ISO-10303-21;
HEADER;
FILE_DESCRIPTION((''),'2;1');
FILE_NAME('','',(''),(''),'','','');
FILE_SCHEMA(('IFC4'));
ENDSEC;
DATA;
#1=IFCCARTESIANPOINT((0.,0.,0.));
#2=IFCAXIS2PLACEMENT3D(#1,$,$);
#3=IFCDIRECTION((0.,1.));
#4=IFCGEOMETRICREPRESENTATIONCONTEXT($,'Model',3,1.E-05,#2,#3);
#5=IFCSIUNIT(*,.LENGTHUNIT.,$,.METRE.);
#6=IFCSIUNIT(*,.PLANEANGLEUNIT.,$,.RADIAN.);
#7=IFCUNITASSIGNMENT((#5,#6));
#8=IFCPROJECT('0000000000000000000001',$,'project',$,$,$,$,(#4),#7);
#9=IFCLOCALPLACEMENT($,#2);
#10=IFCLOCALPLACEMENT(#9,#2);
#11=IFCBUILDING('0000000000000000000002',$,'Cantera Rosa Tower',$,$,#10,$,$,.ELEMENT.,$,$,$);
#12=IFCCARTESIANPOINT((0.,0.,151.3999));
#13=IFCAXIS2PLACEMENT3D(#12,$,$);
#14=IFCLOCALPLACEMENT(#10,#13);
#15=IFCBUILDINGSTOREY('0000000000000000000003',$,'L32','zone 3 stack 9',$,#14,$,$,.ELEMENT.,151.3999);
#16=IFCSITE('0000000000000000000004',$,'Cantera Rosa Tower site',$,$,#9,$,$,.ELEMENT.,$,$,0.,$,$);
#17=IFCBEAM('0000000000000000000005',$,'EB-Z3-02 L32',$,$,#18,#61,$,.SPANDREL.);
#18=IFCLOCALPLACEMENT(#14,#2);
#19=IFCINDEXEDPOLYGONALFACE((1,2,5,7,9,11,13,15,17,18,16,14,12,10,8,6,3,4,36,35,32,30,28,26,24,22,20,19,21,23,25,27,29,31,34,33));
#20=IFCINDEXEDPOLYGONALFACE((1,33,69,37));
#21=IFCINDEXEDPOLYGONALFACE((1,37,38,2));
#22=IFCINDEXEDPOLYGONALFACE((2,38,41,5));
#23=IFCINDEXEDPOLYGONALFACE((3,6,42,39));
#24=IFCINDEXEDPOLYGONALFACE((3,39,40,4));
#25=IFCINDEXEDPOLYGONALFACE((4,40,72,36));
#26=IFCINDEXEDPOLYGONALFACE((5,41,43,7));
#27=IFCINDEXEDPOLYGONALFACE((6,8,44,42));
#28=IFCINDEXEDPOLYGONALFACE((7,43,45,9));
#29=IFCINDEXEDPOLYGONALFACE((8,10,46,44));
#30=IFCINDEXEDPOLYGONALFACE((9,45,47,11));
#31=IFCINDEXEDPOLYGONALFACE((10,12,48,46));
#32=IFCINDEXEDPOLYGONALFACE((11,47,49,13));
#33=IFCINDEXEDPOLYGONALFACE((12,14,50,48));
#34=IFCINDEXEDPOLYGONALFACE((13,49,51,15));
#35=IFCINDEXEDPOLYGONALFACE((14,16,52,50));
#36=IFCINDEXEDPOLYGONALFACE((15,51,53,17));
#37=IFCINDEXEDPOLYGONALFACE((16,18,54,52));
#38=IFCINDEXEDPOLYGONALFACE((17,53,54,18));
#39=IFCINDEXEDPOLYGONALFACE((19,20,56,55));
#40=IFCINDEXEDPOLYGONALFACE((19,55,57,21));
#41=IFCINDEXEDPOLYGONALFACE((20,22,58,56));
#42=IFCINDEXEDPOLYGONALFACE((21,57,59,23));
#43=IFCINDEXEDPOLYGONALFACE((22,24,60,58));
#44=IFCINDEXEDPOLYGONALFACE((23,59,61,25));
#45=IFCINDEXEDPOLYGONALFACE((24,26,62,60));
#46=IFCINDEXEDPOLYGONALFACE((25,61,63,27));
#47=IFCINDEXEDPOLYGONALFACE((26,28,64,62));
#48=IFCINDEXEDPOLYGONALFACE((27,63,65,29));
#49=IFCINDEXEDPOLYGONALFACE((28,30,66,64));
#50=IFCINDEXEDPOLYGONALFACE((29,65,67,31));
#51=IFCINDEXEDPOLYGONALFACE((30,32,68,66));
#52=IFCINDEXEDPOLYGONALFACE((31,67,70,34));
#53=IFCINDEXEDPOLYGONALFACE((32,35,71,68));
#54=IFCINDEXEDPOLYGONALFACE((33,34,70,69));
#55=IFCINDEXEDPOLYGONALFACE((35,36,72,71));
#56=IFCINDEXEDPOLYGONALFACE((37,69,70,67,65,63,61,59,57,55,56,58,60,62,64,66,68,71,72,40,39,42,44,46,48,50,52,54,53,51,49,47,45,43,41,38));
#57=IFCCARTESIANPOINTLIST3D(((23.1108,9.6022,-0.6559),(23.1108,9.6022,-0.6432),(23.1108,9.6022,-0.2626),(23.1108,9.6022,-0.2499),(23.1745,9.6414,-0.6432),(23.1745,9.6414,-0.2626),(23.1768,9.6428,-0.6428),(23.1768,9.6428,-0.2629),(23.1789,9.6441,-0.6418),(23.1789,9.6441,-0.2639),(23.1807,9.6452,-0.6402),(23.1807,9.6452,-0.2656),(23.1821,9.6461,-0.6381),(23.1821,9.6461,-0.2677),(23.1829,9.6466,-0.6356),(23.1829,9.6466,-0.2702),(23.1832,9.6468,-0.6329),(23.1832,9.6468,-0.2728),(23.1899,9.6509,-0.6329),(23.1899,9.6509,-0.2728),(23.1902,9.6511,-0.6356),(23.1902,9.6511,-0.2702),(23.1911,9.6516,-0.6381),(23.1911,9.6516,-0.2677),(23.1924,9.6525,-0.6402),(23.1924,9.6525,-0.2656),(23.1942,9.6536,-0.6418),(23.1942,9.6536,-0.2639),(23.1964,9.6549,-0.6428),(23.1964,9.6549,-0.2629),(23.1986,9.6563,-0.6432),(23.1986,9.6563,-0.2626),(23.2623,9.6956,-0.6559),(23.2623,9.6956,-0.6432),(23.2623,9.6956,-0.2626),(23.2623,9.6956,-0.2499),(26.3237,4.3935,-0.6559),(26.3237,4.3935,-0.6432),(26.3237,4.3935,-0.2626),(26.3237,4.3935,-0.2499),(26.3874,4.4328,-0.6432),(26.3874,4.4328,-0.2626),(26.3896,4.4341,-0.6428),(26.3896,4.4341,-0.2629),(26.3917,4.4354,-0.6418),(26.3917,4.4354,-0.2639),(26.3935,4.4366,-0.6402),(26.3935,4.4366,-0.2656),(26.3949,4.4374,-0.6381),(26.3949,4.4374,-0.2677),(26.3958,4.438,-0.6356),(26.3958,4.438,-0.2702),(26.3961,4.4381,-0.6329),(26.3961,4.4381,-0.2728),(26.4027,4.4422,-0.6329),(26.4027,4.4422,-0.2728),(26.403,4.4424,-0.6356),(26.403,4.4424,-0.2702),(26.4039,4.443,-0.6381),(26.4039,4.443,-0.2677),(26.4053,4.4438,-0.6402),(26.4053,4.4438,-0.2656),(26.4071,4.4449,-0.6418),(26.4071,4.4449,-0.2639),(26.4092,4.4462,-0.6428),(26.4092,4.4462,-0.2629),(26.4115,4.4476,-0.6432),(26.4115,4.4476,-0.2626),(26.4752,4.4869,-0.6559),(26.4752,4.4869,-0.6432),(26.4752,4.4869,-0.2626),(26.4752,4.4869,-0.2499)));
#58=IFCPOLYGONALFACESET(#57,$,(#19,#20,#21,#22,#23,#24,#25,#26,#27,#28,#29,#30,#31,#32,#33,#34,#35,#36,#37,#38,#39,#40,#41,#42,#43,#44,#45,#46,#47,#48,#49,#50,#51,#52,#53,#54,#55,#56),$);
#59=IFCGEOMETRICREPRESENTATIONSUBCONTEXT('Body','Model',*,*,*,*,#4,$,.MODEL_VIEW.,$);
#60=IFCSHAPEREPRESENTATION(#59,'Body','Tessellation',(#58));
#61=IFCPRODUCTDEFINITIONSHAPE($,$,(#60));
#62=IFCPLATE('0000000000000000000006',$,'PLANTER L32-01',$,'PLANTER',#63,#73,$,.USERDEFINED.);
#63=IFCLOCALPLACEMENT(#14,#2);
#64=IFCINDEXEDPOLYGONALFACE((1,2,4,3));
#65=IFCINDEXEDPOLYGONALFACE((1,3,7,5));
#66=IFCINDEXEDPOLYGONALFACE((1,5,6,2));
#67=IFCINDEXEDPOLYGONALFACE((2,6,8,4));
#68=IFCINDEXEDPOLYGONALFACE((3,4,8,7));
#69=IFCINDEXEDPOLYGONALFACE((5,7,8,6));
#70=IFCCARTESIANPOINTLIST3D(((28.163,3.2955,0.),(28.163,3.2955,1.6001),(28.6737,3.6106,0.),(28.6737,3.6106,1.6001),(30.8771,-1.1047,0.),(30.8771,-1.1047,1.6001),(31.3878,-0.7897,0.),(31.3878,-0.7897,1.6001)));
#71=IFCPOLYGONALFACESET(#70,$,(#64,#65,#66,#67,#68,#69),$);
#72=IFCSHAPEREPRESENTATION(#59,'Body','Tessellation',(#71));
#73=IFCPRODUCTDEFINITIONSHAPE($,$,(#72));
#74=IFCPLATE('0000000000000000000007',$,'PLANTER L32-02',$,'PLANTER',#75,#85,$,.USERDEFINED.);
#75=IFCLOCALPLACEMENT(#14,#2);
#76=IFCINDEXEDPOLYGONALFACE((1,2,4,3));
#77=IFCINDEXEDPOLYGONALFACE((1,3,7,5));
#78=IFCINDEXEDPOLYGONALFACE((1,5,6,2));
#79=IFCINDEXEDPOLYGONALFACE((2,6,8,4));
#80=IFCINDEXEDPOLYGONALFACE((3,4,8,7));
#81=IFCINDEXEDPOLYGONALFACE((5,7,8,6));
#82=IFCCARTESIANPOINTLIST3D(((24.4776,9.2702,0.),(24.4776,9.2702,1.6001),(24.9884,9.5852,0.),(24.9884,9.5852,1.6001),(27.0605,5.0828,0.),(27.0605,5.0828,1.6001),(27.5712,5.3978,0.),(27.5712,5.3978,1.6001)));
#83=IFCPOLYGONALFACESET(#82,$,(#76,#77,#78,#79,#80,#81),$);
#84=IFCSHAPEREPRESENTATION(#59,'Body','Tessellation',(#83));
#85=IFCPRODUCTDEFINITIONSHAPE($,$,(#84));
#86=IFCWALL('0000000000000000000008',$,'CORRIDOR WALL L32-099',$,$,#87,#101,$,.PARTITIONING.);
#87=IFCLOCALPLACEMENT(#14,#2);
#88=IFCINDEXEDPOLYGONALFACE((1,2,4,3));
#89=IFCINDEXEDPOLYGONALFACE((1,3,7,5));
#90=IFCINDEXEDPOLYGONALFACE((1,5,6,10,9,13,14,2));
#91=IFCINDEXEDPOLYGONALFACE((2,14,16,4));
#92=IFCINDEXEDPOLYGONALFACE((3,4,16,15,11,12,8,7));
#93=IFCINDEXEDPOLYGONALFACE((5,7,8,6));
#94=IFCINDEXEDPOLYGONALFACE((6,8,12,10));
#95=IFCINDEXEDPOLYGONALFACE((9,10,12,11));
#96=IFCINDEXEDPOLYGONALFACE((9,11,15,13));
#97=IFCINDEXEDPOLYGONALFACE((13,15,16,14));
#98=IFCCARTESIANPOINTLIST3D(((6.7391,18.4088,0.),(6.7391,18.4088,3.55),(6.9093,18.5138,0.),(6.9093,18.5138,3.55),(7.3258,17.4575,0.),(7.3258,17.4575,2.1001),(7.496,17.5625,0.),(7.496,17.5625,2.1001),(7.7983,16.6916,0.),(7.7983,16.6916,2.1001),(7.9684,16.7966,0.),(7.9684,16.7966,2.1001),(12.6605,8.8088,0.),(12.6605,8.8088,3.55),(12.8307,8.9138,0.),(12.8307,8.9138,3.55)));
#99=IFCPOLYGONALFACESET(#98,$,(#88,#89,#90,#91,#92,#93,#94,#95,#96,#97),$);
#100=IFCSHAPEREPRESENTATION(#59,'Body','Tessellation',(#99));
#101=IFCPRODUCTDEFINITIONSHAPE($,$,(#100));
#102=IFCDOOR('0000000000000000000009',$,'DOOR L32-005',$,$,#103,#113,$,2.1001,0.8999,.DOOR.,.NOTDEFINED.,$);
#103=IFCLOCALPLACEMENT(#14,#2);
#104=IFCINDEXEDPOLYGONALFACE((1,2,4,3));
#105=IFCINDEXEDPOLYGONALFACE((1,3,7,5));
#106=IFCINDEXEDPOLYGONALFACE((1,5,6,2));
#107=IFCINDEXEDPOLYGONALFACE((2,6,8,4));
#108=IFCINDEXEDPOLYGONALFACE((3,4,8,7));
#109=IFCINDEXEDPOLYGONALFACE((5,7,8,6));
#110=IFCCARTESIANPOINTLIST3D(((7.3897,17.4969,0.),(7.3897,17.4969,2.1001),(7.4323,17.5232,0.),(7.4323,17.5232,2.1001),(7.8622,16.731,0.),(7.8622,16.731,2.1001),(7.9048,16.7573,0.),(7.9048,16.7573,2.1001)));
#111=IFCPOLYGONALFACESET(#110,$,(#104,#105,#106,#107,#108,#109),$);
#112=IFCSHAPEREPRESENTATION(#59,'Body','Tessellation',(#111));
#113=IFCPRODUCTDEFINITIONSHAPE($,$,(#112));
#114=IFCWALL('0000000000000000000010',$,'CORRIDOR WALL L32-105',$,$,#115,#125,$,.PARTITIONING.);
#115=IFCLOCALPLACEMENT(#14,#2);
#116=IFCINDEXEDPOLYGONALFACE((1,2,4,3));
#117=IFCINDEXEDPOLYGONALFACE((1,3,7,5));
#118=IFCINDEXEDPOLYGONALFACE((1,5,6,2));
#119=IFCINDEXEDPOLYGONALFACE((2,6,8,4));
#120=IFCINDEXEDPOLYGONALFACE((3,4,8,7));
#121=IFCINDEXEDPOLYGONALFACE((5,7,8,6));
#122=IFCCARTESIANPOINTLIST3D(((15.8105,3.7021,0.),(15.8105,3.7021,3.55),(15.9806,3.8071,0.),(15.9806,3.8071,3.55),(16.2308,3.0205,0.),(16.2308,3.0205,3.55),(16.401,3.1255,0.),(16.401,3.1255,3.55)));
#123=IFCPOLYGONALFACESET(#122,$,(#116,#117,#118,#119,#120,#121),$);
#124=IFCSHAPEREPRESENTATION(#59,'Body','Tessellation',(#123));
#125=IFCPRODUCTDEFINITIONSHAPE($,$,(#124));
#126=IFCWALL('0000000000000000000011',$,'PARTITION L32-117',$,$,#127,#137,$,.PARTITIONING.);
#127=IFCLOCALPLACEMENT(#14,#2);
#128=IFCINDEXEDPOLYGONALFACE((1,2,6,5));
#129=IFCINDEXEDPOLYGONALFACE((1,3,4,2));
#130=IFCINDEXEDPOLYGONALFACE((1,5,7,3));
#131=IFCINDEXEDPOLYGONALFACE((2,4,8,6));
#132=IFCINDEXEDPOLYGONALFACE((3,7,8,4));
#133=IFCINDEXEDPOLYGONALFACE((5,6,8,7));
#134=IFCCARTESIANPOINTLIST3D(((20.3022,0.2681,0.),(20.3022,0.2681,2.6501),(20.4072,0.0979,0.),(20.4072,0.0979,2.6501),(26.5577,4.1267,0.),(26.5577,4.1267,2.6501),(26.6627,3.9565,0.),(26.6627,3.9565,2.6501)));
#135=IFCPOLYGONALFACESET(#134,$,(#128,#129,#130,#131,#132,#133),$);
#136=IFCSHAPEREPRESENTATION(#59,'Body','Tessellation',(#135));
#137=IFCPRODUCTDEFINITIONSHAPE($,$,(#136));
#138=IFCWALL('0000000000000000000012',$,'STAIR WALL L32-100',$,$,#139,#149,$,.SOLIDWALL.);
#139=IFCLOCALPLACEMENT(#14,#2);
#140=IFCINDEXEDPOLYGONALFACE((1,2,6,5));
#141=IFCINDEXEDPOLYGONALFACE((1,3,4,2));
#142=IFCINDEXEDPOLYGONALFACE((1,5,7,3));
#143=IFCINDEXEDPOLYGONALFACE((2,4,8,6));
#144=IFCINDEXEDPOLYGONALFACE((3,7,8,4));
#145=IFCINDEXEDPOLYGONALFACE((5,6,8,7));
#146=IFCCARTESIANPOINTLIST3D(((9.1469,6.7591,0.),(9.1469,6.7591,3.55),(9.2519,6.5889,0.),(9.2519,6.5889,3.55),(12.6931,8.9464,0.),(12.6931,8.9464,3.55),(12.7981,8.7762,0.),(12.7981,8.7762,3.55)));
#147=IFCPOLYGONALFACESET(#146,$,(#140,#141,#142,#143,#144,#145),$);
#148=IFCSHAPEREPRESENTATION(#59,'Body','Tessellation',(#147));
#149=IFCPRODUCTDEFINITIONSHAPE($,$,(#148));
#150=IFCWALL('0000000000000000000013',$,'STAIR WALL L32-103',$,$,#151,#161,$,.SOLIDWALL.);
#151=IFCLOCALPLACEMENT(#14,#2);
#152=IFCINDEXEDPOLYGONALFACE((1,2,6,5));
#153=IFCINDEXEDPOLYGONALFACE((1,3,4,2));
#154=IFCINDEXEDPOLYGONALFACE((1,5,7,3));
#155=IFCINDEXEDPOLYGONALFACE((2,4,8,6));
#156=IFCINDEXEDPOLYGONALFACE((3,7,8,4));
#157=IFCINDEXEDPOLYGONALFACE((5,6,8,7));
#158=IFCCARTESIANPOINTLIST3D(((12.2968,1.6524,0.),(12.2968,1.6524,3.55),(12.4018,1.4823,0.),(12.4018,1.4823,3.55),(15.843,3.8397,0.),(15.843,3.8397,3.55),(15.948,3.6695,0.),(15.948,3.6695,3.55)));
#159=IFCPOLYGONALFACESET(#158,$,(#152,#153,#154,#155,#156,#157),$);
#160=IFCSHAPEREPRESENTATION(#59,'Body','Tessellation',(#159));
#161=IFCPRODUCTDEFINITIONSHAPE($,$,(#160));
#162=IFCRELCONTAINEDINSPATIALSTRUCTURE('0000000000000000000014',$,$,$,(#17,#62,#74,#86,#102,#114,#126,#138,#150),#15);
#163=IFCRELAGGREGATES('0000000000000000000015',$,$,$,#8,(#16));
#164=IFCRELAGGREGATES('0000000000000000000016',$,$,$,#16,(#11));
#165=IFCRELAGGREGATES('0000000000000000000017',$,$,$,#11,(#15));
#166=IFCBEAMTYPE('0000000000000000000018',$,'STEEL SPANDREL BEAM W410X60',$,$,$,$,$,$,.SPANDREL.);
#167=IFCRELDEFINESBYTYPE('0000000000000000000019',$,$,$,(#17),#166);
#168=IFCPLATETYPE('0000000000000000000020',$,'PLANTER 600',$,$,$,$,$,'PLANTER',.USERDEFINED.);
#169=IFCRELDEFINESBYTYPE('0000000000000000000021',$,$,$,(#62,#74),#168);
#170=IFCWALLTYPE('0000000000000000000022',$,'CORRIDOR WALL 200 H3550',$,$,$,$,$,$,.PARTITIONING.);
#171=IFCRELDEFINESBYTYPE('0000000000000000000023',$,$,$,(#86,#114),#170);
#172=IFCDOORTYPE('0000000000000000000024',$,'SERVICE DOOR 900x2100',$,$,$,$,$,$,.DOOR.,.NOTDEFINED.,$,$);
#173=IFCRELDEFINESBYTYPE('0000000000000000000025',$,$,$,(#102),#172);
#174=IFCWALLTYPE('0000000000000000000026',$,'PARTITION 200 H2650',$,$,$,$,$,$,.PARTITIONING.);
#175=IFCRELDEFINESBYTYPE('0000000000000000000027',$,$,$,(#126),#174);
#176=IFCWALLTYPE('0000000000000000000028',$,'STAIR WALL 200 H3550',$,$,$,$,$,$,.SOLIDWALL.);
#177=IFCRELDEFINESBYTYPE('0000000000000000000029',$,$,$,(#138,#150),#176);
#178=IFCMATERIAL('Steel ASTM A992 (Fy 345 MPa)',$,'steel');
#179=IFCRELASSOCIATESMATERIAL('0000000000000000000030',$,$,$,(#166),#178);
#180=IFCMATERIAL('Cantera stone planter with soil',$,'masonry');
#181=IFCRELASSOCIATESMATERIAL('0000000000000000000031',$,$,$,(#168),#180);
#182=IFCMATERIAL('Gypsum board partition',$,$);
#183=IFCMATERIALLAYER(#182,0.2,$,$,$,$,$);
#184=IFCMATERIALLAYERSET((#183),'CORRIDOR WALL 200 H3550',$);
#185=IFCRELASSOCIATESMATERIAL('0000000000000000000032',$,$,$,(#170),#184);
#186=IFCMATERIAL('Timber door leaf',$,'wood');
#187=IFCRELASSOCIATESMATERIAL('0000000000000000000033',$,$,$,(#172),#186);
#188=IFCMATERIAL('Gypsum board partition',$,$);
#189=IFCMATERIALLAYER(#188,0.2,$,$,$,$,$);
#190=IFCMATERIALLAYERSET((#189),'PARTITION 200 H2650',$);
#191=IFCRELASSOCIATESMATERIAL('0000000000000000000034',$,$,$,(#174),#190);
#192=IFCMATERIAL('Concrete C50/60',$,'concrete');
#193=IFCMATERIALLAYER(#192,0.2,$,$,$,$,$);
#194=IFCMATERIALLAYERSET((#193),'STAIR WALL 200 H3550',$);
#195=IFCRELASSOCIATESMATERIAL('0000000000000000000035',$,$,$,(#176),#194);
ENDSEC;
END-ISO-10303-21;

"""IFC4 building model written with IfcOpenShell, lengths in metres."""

from ifc_helpers import new_model, si_unit, direction, frame, frame_2d, origin, origin_2d, place, context, subcontext, project, spatial, rectangle, i_section, extrude, material, layer, layer_set, material_profile, profile_set, type_object, element, fill, save


model = new_model("IFC4")

# Units and contexts
model_context = context("Model", 3, precision=1e-05, world=origin(), true_north=direction((0.0, 1.0)))
body_context = subcontext(model_context, "Body", "Model", "MODEL_VIEW")
ifc_project = project(units=[si_unit("LENGTHUNIT", "METRE"), si_unit("PLANEANGLEUNIT", "RADIAN")], contexts=[model_context])

# Site, building, storey
site_placement = place(None, origin())
site = spatial("IfcSite", under=ifc_project, at=site_placement, Name="Cantera Rosa Tower site", CompositionType="ELEMENT", RefElevation=0.0)
building_placement = place(site_placement, origin())
building = spatial("IfcBuilding", under=site, at=building_placement, Name="Cantera Rosa Tower", CompositionType="ELEMENT")
storey_placement = place(building_placement, frame((0.0, 0.0, 151.3999)))
storey = spatial("IfcBuildingStorey", under=building, at=storey_placement, Name="L32", Description="zone 3 stack 9", CompositionType="ELEMENT", Elevation=151.3999)

# Beam
ifc_material_1 = material(Name="Steel ASTM A992 (Fy 345 MPa)", Category="steel")
ifc_material_profile_1 = material_profile(ifc_material_1, i_section(OverallWidth=0.178, OverallDepth=0.406, WebThickness=0.0078, FlangeThickness=0.0127, FilletRadius=0.0103, at=origin_2d()), Name="W410X60")
ifc_profile_set_1 = profile_set([ifc_material_profile_1], Name="Steel ASTM A992 (Fy 345 MPa)")
beam_type_1 = type_object("IfcBeamType", Name="STEEL SPANDREL BEAM W410X60", PredefinedType="SPANDREL", material=ifc_profile_set_1)
beam_1_placement = place(storey_placement, frame((26.3994, 4.4402, -0.4529), z_axis=(-0.524987, 0.85111, 0.0), x_axis=(-0.85111, -0.524987, 0.0)))
element("IfcBeam", 1, at=beam_1_placement, inside=storey, type_object=beam_type_1, Name="EB-Z3-02 L32", PredefinedType="SPANDREL", context=body_context, shape_type="SweptSolid", body=[
    extrude(i_section(OverallWidth=0.178, OverallDepth=0.406, WebThickness=0.0078, FlangeThickness=0.0127, FilletRadius=0.0103, at=origin_2d()), origin(), (0.0, 0.0, 1.0), 6.1199),
])

# Plates
ifc_material_2 = material(Name="Cantera stone planter with soil", Category="masonry")
plate_type = type_object("IfcPlateType", Name="PLANTER 600", ElementType="PLANTER", PredefinedType="USERDEFINED", material=ifc_material_2)
plate_1_placement = place(storey_placement, frame((29.7754, 1.2529, 0.0), z_axis=(0.0, 0.0, 1.0), x_axis=(-0.524977, 0.851117, 0.0)))
element("IfcPlate", 2, at=plate_1_placement, inside=storey, type_object=plate_type, Name="PLANTER L32-01", ObjectType="PLANTER", PredefinedType="USERDEFINED", context=body_context, shape_type="SweptSolid", body=[
    extrude(rectangle(XDim=5.1699, YDim=0.6001, at=origin_2d()), origin(), (0.0, 0.0, 1.0), 1.6001),
])
plate_2_placement = place(storey_placement, frame((26.0244, 7.334, 0.0), z_axis=(0.0, 0.0, 1.0), x_axis=(-0.524977, 0.851117, 0.0)))
element("IfcPlate", 3, at=plate_2_placement, inside=storey, type_object=plate_type, Name="PLANTER L32-02", ObjectType="PLANTER", PredefinedType="USERDEFINED", context=body_context, shape_type="SweptSolid", body=[
    extrude(rectangle(XDim=4.9199, YDim=0.6001, at=origin_2d()), origin(), (0.0, 0.0, 1.0), 1.6001),
])

# Wall, opening, door
ifc_material_3 = material(Name="Gypsum board partition")
ifc_layer_1 = layer(ifc_material_3, 0.2)
ifc_layer_set_1 = layer_set([ifc_layer_1], Name="CORRIDOR WALL 200 H3550")
wall_type_1 = type_object("IfcWallType", Name="CORRIDOR WALL 200 H3550", PredefinedType="PARTITIONING", material=ifc_layer_set_1)
wall_1_placement = place(storey_placement, frame((12.7456, 8.8613, 0.0), z_axis=(0.0, 0.0, 1.0), x_axis=(-0.524984, 0.851112, 0.0)))
wall_1 = element("IfcWall", 4, at=wall_1_placement, inside=storey, type_object=wall_type_1, Name="CORRIDOR WALL L32-099", PredefinedType="PARTITIONING", context=body_context, shape_type="SweptSolid", body=[
    extrude(rectangle(XDim=11.2793, YDim=0.2, at=frame_2d((5.6396, 0.0))), origin(), (0.0, 0.0, 1.0), 3.55),
])
opening_1_placement = place(wall_1_placement, frame((9.2617, 0.0, 0.0)))
opening_1 = element("IfcOpeningElement", 5, at=opening_1_placement, cuts=wall_1, PredefinedType="OPENING", context=body_context, shape_type="SweptSolid", body=[
    extrude(rectangle(XDim=0.8999, YDim=2.1001, at=frame_2d((0.45, 1.05))), frame((0.0, 0.1099, 0.0), z_axis=(0.0, -1.0, 0.0), x_axis=(1.0, 0.0, 0.0)), (0.0, 0.0, 1.0), 0.22),
])
ifc_material_4 = material(Name="Timber door leaf", Category="wood")
door_type_1 = type_object("IfcDoorType", Name="SERVICE DOOR 900x2100", OperationType="NOTDEFINED", PredefinedType="DOOR", material=ifc_material_4)
door_1_placement = place(opening_1_placement, origin())
door_1 = element("IfcDoor", 6, at=door_1_placement, inside=storey, type_object=door_type_1, Name="DOOR L32-005", OperationType="NOTDEFINED", OverallHeight=2.1001, OverallWidth=0.8999, PredefinedType="DOOR", context=body_context, shape_type="SweptSolid", body=[
    extrude(rectangle(XDim=0.8999, YDim=2.1001, at=frame_2d((0.45, 1.05))), frame((0.0, 0.0249, 0.0), z_axis=(0.0, -1.0, 0.0), x_axis=(1.0, 0.0, 0.0)), (0.0, 0.0, 1.0), 0.05),
])
fill(opening_1, door_1)

# Wall
wall_2_placement = place(storey_placement, frame((16.3159, 3.073, 0.0), z_axis=(0.0, 0.0, 1.0), x_axis=(-0.524948, 0.851135, 0.0)))
element("IfcWall", 7, at=wall_2_placement, inside=storey, type_object=wall_type_1, Name="CORRIDOR WALL L32-105", PredefinedType="PARTITIONING", context=body_context, shape_type="SweptSolid", body=[
    extrude(rectangle(XDim=0.8008, YDim=0.2, at=frame_2d((0.4004, 0.0))), origin(), (0.0, 0.0, 1.0), 3.55),
])

# Walls
ifc_material_5 = material(Name="Gypsum board partition")
ifc_layer_2 = layer(ifc_material_5, 0.2)
ifc_layer_set_2 = layer_set([ifc_layer_2], Name="PARTITION 200 H2650")
wall_type_2 = type_object("IfcWallType", Name="PARTITION 200 H2650", PredefinedType="PARTITIONING", material=ifc_layer_set_2)
wall_3_placement = place(storey_placement, frame((26.6101, 4.0415, 0.0), z_axis=(0.0, 0.0, 1.0), x_axis=(-0.851109, -0.524989, 0.0)))
element("IfcWall", 8, at=wall_3_placement, inside=storey, type_object=wall_type_2, Name="PARTITION L32-117", PredefinedType="PARTITIONING", context=body_context, shape_type="SweptSolid", body=[
    extrude(rectangle(XDim=7.3499, YDim=0.2, at=frame_2d((3.6748, 0.0))), origin(), (0.0, 0.0, 1.0), 2.6501),
])
ifc_material_6 = material(Name="Concrete C50/60", Category="concrete")
ifc_layer_3 = layer(ifc_material_6, 0.2)
ifc_layer_set_3 = layer_set([ifc_layer_3], Name="STAIR WALL 200 H3550")
wall_type_3 = type_object("IfcWallType", Name="STAIR WALL 200 H3550", PredefinedType="SOLIDWALL", material=ifc_layer_set_3)
for number, where, z_axis, x_axis, name in (
    (9, (12.7456, 8.8613, 0.0), (0.0, 0.0, 1.0), (-0.851121, -0.52497, 0.0), "STAIR WALL L32-100"),
    (10, (15.8955, 3.7546, 0.0), (0.0, 0.0, 1.0), (-0.851121, -0.52497, 0.0), "STAIR WALL L32-103"),
):
    element("IfcWall", number, at=place(storey_placement, frame(where, z_axis=z_axis, x_axis=x_axis)), inside=storey, type_object=wall_type_3, Name=name, PredefinedType="SOLIDWALL", context=body_context, shape_type="SweptSolid", body=[
        extrude(rectangle(XDim=4.1665, YDim=0.2, at=frame_2d((2.0833, 0.0))), origin(), (0.0, 0.0, 1.0), 3.55),
    ])

save(model, "model.ifc")
